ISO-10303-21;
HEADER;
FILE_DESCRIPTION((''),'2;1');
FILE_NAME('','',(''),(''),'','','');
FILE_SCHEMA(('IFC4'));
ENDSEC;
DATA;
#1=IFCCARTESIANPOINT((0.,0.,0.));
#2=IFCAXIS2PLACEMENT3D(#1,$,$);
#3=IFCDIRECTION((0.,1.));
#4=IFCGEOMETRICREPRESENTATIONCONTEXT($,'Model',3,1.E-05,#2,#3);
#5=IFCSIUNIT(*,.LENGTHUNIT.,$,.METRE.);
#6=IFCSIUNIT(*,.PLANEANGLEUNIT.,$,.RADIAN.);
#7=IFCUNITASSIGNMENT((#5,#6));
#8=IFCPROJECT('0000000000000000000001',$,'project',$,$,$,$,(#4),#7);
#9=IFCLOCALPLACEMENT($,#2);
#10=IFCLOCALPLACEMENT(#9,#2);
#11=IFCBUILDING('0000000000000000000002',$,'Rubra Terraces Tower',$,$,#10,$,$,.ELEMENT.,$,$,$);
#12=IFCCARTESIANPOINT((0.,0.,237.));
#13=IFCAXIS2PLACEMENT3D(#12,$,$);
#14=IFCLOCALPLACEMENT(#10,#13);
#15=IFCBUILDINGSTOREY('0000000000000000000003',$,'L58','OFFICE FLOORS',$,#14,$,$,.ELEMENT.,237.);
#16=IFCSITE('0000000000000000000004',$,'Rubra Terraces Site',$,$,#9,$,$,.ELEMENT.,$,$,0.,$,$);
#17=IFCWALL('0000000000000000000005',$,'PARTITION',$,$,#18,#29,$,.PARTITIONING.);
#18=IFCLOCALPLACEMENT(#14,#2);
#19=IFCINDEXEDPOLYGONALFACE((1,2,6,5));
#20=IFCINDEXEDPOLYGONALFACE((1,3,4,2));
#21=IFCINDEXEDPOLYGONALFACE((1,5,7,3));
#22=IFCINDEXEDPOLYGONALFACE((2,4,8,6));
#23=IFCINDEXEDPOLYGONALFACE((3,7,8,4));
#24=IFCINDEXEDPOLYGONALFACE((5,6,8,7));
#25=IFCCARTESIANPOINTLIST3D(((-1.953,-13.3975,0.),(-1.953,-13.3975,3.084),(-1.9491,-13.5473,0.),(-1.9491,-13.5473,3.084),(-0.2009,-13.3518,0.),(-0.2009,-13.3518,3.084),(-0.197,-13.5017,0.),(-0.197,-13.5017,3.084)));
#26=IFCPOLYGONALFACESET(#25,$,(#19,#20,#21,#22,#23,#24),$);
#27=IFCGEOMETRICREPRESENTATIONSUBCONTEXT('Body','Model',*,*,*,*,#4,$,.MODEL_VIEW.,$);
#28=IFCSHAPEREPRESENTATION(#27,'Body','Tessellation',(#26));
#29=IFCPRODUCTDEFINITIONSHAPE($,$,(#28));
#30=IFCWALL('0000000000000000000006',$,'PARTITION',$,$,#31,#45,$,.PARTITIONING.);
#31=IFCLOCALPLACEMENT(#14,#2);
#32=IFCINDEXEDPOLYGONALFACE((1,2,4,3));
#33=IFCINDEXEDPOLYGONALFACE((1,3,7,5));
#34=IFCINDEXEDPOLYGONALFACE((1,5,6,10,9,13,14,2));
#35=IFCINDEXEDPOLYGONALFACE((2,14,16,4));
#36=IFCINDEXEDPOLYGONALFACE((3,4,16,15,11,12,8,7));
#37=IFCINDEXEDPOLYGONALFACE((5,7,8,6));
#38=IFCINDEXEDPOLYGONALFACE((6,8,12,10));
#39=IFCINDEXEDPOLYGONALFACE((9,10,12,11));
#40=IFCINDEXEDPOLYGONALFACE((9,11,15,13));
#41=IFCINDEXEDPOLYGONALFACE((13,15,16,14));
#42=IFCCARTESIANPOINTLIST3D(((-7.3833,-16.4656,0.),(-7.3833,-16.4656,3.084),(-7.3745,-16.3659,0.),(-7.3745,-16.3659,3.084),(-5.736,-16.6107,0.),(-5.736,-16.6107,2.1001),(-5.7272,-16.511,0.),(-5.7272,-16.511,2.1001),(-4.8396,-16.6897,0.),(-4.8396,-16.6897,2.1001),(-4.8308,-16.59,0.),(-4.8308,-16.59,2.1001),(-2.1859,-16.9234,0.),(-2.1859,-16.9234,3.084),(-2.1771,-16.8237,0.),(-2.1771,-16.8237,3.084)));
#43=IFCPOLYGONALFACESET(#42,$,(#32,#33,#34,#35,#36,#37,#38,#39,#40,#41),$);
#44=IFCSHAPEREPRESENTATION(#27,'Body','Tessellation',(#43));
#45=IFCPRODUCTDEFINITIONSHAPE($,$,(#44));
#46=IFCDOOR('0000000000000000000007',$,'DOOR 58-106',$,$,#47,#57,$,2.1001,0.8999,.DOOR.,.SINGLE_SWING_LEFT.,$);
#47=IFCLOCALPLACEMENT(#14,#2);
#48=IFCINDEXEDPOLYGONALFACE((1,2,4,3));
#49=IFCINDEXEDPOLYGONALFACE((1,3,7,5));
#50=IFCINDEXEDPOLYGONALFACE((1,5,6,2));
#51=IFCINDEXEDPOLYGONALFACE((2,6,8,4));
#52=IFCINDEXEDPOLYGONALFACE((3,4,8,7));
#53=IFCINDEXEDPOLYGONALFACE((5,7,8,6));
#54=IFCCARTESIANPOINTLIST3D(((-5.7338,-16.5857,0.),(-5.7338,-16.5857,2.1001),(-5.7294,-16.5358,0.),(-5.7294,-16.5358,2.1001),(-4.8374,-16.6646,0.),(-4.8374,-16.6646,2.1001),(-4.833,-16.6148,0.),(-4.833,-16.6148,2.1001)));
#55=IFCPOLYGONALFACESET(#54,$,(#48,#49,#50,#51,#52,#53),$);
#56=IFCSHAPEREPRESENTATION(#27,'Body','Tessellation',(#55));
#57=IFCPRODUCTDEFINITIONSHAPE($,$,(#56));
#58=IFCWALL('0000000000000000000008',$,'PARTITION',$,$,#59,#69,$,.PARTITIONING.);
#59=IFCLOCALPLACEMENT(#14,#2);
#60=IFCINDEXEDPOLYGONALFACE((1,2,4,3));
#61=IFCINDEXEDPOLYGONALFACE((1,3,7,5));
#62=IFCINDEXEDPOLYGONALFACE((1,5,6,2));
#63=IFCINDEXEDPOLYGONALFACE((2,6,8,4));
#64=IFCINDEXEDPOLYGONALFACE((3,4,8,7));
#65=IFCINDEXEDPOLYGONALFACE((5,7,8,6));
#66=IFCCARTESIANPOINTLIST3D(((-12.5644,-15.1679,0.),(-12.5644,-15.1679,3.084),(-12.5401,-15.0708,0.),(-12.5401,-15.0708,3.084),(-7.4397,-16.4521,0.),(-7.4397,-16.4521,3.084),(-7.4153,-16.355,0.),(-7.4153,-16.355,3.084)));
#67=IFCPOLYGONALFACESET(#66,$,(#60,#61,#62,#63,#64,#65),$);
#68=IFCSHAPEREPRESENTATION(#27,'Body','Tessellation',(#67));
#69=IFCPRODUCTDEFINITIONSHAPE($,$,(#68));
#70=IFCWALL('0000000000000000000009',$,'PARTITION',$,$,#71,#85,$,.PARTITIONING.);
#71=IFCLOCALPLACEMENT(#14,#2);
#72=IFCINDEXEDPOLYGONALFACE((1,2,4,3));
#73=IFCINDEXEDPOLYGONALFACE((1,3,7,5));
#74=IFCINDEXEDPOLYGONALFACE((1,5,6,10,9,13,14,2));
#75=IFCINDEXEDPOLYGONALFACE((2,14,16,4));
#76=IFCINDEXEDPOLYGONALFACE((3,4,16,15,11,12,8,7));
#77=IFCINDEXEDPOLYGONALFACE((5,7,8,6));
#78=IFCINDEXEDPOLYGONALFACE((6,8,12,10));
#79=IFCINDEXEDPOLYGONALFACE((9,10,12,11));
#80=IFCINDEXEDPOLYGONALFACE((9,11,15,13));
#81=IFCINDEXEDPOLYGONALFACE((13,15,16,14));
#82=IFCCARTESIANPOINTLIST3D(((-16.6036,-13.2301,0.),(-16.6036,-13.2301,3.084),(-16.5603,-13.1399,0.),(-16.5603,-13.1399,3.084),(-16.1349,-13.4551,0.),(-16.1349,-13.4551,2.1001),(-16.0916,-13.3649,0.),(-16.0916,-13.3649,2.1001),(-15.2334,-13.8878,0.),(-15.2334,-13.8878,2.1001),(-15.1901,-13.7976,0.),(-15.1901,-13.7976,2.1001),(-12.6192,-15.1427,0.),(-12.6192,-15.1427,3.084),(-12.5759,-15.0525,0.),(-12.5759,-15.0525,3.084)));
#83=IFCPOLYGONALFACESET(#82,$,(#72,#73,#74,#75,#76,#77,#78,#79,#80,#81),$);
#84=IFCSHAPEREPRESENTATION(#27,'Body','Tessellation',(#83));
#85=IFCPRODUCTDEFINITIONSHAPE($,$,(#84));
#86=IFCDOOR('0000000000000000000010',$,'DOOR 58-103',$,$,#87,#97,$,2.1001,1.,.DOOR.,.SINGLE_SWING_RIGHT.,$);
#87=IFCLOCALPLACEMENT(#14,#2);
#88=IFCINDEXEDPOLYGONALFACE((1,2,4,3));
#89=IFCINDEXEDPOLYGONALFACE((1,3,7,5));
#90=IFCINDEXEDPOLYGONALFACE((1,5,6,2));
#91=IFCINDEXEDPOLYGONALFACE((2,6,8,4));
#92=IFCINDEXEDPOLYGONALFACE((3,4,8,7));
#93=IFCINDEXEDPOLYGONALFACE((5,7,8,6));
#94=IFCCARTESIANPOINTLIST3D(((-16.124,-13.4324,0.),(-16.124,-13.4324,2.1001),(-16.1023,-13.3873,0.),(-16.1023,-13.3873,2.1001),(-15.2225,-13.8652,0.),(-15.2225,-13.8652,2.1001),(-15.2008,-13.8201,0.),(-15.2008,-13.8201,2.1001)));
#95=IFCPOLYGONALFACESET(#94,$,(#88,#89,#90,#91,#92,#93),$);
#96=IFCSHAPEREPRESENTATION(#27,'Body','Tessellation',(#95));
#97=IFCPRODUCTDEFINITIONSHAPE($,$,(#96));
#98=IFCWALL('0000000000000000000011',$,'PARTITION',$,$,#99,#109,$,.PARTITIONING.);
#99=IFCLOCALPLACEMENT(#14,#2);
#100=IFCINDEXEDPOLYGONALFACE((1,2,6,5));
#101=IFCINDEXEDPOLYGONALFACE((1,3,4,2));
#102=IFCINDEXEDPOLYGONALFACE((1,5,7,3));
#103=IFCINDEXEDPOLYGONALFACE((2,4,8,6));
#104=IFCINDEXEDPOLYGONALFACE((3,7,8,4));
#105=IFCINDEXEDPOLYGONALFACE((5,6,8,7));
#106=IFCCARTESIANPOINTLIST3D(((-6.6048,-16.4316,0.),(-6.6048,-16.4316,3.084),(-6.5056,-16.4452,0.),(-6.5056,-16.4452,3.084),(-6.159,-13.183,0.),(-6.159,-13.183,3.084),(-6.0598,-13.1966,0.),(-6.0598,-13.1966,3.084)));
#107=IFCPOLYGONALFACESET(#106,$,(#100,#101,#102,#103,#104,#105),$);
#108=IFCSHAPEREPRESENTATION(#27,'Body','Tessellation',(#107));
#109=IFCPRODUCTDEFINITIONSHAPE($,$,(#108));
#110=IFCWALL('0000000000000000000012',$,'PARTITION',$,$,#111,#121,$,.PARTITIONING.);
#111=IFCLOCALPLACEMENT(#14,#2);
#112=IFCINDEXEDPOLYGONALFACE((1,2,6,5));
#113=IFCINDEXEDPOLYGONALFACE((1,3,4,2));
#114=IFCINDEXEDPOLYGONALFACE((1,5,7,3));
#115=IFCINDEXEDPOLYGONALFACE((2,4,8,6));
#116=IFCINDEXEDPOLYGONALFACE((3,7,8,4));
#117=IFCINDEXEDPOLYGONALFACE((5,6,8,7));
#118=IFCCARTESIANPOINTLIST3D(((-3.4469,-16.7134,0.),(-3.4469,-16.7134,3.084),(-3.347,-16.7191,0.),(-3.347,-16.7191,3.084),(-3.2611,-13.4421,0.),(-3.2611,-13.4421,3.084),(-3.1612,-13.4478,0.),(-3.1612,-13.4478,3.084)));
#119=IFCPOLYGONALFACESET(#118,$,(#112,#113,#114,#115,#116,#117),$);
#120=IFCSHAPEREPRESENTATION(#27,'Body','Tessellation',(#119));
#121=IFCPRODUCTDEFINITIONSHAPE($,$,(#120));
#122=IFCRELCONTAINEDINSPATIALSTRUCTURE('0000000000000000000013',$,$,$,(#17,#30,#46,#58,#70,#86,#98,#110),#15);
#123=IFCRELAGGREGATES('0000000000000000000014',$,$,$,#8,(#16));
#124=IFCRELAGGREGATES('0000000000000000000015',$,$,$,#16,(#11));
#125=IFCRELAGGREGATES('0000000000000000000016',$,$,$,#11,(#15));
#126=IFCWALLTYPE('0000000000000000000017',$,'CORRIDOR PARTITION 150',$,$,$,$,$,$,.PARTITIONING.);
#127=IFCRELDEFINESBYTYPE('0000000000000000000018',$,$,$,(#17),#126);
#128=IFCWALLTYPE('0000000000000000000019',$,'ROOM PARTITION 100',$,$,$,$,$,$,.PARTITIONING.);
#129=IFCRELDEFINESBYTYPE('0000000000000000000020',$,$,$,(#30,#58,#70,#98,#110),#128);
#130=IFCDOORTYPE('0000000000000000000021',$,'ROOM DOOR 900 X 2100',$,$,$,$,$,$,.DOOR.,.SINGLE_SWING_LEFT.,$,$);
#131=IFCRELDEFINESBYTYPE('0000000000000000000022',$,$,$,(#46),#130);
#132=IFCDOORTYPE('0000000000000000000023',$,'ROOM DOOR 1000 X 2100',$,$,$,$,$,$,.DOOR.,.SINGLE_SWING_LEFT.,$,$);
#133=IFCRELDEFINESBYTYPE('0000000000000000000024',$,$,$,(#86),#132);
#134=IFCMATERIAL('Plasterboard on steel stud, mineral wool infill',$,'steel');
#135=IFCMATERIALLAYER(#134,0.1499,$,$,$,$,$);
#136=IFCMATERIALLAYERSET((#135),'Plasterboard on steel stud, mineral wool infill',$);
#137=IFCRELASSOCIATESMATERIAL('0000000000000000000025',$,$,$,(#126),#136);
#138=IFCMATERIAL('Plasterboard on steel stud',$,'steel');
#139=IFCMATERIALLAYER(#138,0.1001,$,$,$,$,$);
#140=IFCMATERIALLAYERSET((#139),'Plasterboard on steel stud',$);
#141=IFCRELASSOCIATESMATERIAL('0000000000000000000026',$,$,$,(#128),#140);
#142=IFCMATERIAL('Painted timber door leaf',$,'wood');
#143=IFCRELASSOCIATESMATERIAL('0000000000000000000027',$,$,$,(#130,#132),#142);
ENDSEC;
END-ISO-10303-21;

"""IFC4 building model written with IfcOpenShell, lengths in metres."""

from ifc_helpers import new_model, si_unit, direction, frame, frame_2d, origin, place, context, subcontext, project, spatial, rectangle, extrude, material, layer, layer_set, type_object, element, fill, save


model = new_model("IFC4")

# Units and contexts
model_context = context("Model", 3, precision=1e-05, world=origin(), true_north=direction((0.0, 1.0)))
body_context = subcontext(model_context, "Body", "Model", "MODEL_VIEW")
ifc_project = project(units=[si_unit("LENGTHUNIT", "METRE"), si_unit("PLANEANGLEUNIT", "RADIAN")], contexts=[model_context])

# Site, building, storey
site_placement = place(None, origin())
site = spatial("IfcSite", under=ifc_project, at=site_placement, Name="Rubra Terraces Site", CompositionType="ELEMENT", RefElevation=0.0)
building_placement = place(site_placement, origin())
building = spatial("IfcBuilding", under=site, at=building_placement, Name="Rubra Terraces Tower", CompositionType="ELEMENT")
storey_placement = place(building_placement, frame((0.0, 0.0, 237.0)))
storey = spatial("IfcBuildingStorey", under=building, at=storey_placement, Name="L58", Description="OFFICE FLOORS", CompositionType="ELEMENT", Elevation=237.0)

# Wall
ifc_material_1 = material(Name="Plasterboard on steel stud, mineral wool infill", Category="steel")
ifc_layer_1 = layer(ifc_material_1, 0.1499)
ifc_layer_set_1 = layer_set([ifc_layer_1], Name="Plasterboard on steel stud, mineral wool infill")
wall_type_1 = type_object("IfcWallType", Name="CORRIDOR PARTITION 150", PredefinedType="PARTITIONING", material=ifc_layer_set_1)
wall_1_placement = place(storey_placement, frame((-1.9512, -13.4724, 0.0), z_axis=(0.0, 0.0, 1.0), x_axis=(0.999661, 0.026047, 0.0)))
element("IfcWall", 1, at=wall_1_placement, inside=storey, type_object=wall_type_1, Name="PARTITION", PredefinedType="PARTITIONING", context=body_context, shape_type="SweptSolid", body=[
    extrude(rectangle(XDim=1.7527, YDim=0.1499, at=frame_2d((0.8765, 0.0))), origin(), (0.0, 0.0, 1.0), 3.084),
])

# Wall, opening, door
ifc_material_2 = material(Name="Plasterboard on steel stud", Category="steel")
ifc_layer_2 = layer(ifc_material_2, 0.1001)
ifc_layer_set_2 = layer_set([ifc_layer_2], Name="Plasterboard on steel stud")
wall_type_2 = type_object("IfcWallType", Name="ROOM PARTITION 100", PredefinedType="PARTITIONING", material=ifc_layer_set_2)
wall_2_placement = place(storey_placement, frame((-2.1814, -16.8735, 0.0), z_axis=(0.0, 0.0, 1.0), x_axis=(-0.996144, 0.087734, 0.0)))
wall_2 = element("IfcWall", 2, at=wall_2_placement, inside=storey, type_object=wall_type_2, Name="PARTITION", PredefinedType="PARTITIONING", context=body_context, shape_type="SweptSolid", body=[
    extrude(rectangle(XDim=5.2175, YDim=0.1001, at=frame_2d((2.6089, 0.0))), origin(), (0.0, 0.0, 1.0), 3.084),
])
opening_1_placement = place(wall_2_placement, frame((2.6641, 0.0, 0.0)))
opening_1 = element("IfcOpeningElement", 3, at=opening_1_placement, cuts=wall_2, PredefinedType="OPENING", context=body_context, shape_type="SweptSolid", body=[
    extrude(rectangle(XDim=0.8999, YDim=2.1001, at=frame_2d((0.45, 1.05))), frame((0.0, 0.0601, 0.0), z_axis=(0.0, -1.0, 0.0), x_axis=(1.0, 0.0, 0.0)), (0.0, 0.0, 1.0), 0.1201),
])
ifc_material_3 = material(Name="Painted timber door leaf", Category="wood")
door_type_1 = type_object("IfcDoorType", Name="ROOM DOOR 900 X 2100", OperationType="SINGLE_SWING_LEFT", PredefinedType="DOOR", material=ifc_material_3)
door_1_placement = place(opening_1_placement, origin())
door_1 = element("IfcDoor", 4, at=door_1_placement, inside=storey, type_object=door_type_1, Name="DOOR 58-106", OperationType="SINGLE_SWING_LEFT", OverallHeight=2.1001, OverallWidth=0.8999, PredefinedType="DOOR", context=body_context, shape_type="SweptSolid", body=[
    extrude(rectangle(XDim=0.8999, YDim=2.1001, at=frame_2d((0.45, 1.05))), frame((0.0, 0.0249, 0.0), z_axis=(0.0, -1.0, 0.0), x_axis=(1.0, 0.0, 0.0)), (0.0, 0.0, 1.0), 0.05),
])
fill(opening_1, door_1)

# Wall
wall_3_placement = place(storey_placement, frame((-7.4275, -16.4036, 0.0), z_axis=(0.0, 0.0, 1.0), x_axis=(-0.970009, 0.243068, 0.0)))
element("IfcWall", 5, at=wall_3_placement, inside=storey, type_object=wall_type_2, Name="PARTITION", PredefinedType="PARTITIONING", context=body_context, shape_type="SweptSolid", body=[
    extrude(rectangle(XDim=5.2832, YDim=0.1001, at=frame_2d((2.6416, 0.0))), origin(), (0.0, 0.0, 1.0), 3.084),
])

# Wall, opening, door
wall_4_placement = place(storey_placement, frame((-12.5974, -15.0977, 0.0), z_axis=(0.0, 0.0, 1.0), x_axis=(-0.901514, 0.432749, 0.0)))
wall_4 = element("IfcWall", 6, at=wall_4_placement, inside=storey, type_object=wall_type_2, Name="PARTITION", PredefinedType="PARTITIONING", context=body_context, shape_type="SweptSolid", body=[
    extrude(rectangle(XDim=4.4197, YDim=0.1001, at=frame_2d((2.21, 0.0))), origin(), (0.0, 0.0, 1.0), 3.084),
])
opening_2_placement = place(wall_4_placement, frame((2.8999, 0.0, 0.0)))
opening_2 = element("IfcOpeningElement", 7, at=opening_2_placement, cuts=wall_4, PredefinedType="OPENING", context=body_context, shape_type="SweptSolid", body=[
    extrude(rectangle(XDim=1.0, YDim=2.1001, at=frame_2d((0.5, 1.05))), frame((0.0, 0.0601, 0.0), z_axis=(0.0, -1.0, 0.0), x_axis=(1.0, 0.0, 0.0)), (0.0, 0.0, 1.0), 0.1201),
])
door_type_2 = type_object("IfcDoorType", Name="ROOM DOOR 1000 X 2100", OperationType="SINGLE_SWING_LEFT", PredefinedType="DOOR", material=ifc_material_3)
door_2_placement = place(opening_2_placement, origin())
door_2 = element("IfcDoor", 8, at=door_2_placement, inside=storey, type_object=door_type_2, Name="DOOR 58-103", OperationType="SINGLE_SWING_RIGHT", OverallHeight=2.1001, OverallWidth=1.0, PredefinedType="DOOR", context=body_context, shape_type="SweptSolid", body=[
    extrude(rectangle(XDim=1.0, YDim=2.1001, at=frame_2d((0.5, 1.05))), frame((0.0, 0.0249, 0.0), z_axis=(0.0, -1.0, 0.0), x_axis=(1.0, 0.0, 0.0)), (0.0, 0.0, 1.0), 0.05),
])
fill(opening_2, door_2)

# Walls
wall_5_placement = place(storey_placement, frame((-6.1094, -13.1897, 0.0), z_axis=(0.0, 0.0, 1.0), x_axis=(-0.135957, -0.990715, 0.0)))
element("IfcWall", 9, at=wall_5_placement, inside=storey, type_object=wall_type_2, Name="PARTITION", PredefinedType="PARTITIONING", context=body_context, shape_type="SweptSolid", body=[
    extrude(rectangle(XDim=3.2791, YDim=0.1001, at=frame_2d((1.6396, 0.0))), origin(), (0.0, 0.0, 1.0), 3.084),
])
wall_6_placement = place(storey_placement, frame((-3.2112, -13.4451, 0.0), z_axis=(0.0, 0.0, 1.0), x_axis=(-0.056704, -0.998391, 0.0)))
element("IfcWall", 10, at=wall_6_placement, inside=storey, type_object=wall_type_2, Name="PARTITION", PredefinedType="PARTITIONING", context=body_context, shape_type="SweptSolid", body=[
    extrude(rectangle(XDim=3.2766, YDim=0.1001, at=frame_2d((1.6382, 0.0))), origin(), (0.0, 0.0, 1.0), 3.084),
])

save(model, "model.ifc")
